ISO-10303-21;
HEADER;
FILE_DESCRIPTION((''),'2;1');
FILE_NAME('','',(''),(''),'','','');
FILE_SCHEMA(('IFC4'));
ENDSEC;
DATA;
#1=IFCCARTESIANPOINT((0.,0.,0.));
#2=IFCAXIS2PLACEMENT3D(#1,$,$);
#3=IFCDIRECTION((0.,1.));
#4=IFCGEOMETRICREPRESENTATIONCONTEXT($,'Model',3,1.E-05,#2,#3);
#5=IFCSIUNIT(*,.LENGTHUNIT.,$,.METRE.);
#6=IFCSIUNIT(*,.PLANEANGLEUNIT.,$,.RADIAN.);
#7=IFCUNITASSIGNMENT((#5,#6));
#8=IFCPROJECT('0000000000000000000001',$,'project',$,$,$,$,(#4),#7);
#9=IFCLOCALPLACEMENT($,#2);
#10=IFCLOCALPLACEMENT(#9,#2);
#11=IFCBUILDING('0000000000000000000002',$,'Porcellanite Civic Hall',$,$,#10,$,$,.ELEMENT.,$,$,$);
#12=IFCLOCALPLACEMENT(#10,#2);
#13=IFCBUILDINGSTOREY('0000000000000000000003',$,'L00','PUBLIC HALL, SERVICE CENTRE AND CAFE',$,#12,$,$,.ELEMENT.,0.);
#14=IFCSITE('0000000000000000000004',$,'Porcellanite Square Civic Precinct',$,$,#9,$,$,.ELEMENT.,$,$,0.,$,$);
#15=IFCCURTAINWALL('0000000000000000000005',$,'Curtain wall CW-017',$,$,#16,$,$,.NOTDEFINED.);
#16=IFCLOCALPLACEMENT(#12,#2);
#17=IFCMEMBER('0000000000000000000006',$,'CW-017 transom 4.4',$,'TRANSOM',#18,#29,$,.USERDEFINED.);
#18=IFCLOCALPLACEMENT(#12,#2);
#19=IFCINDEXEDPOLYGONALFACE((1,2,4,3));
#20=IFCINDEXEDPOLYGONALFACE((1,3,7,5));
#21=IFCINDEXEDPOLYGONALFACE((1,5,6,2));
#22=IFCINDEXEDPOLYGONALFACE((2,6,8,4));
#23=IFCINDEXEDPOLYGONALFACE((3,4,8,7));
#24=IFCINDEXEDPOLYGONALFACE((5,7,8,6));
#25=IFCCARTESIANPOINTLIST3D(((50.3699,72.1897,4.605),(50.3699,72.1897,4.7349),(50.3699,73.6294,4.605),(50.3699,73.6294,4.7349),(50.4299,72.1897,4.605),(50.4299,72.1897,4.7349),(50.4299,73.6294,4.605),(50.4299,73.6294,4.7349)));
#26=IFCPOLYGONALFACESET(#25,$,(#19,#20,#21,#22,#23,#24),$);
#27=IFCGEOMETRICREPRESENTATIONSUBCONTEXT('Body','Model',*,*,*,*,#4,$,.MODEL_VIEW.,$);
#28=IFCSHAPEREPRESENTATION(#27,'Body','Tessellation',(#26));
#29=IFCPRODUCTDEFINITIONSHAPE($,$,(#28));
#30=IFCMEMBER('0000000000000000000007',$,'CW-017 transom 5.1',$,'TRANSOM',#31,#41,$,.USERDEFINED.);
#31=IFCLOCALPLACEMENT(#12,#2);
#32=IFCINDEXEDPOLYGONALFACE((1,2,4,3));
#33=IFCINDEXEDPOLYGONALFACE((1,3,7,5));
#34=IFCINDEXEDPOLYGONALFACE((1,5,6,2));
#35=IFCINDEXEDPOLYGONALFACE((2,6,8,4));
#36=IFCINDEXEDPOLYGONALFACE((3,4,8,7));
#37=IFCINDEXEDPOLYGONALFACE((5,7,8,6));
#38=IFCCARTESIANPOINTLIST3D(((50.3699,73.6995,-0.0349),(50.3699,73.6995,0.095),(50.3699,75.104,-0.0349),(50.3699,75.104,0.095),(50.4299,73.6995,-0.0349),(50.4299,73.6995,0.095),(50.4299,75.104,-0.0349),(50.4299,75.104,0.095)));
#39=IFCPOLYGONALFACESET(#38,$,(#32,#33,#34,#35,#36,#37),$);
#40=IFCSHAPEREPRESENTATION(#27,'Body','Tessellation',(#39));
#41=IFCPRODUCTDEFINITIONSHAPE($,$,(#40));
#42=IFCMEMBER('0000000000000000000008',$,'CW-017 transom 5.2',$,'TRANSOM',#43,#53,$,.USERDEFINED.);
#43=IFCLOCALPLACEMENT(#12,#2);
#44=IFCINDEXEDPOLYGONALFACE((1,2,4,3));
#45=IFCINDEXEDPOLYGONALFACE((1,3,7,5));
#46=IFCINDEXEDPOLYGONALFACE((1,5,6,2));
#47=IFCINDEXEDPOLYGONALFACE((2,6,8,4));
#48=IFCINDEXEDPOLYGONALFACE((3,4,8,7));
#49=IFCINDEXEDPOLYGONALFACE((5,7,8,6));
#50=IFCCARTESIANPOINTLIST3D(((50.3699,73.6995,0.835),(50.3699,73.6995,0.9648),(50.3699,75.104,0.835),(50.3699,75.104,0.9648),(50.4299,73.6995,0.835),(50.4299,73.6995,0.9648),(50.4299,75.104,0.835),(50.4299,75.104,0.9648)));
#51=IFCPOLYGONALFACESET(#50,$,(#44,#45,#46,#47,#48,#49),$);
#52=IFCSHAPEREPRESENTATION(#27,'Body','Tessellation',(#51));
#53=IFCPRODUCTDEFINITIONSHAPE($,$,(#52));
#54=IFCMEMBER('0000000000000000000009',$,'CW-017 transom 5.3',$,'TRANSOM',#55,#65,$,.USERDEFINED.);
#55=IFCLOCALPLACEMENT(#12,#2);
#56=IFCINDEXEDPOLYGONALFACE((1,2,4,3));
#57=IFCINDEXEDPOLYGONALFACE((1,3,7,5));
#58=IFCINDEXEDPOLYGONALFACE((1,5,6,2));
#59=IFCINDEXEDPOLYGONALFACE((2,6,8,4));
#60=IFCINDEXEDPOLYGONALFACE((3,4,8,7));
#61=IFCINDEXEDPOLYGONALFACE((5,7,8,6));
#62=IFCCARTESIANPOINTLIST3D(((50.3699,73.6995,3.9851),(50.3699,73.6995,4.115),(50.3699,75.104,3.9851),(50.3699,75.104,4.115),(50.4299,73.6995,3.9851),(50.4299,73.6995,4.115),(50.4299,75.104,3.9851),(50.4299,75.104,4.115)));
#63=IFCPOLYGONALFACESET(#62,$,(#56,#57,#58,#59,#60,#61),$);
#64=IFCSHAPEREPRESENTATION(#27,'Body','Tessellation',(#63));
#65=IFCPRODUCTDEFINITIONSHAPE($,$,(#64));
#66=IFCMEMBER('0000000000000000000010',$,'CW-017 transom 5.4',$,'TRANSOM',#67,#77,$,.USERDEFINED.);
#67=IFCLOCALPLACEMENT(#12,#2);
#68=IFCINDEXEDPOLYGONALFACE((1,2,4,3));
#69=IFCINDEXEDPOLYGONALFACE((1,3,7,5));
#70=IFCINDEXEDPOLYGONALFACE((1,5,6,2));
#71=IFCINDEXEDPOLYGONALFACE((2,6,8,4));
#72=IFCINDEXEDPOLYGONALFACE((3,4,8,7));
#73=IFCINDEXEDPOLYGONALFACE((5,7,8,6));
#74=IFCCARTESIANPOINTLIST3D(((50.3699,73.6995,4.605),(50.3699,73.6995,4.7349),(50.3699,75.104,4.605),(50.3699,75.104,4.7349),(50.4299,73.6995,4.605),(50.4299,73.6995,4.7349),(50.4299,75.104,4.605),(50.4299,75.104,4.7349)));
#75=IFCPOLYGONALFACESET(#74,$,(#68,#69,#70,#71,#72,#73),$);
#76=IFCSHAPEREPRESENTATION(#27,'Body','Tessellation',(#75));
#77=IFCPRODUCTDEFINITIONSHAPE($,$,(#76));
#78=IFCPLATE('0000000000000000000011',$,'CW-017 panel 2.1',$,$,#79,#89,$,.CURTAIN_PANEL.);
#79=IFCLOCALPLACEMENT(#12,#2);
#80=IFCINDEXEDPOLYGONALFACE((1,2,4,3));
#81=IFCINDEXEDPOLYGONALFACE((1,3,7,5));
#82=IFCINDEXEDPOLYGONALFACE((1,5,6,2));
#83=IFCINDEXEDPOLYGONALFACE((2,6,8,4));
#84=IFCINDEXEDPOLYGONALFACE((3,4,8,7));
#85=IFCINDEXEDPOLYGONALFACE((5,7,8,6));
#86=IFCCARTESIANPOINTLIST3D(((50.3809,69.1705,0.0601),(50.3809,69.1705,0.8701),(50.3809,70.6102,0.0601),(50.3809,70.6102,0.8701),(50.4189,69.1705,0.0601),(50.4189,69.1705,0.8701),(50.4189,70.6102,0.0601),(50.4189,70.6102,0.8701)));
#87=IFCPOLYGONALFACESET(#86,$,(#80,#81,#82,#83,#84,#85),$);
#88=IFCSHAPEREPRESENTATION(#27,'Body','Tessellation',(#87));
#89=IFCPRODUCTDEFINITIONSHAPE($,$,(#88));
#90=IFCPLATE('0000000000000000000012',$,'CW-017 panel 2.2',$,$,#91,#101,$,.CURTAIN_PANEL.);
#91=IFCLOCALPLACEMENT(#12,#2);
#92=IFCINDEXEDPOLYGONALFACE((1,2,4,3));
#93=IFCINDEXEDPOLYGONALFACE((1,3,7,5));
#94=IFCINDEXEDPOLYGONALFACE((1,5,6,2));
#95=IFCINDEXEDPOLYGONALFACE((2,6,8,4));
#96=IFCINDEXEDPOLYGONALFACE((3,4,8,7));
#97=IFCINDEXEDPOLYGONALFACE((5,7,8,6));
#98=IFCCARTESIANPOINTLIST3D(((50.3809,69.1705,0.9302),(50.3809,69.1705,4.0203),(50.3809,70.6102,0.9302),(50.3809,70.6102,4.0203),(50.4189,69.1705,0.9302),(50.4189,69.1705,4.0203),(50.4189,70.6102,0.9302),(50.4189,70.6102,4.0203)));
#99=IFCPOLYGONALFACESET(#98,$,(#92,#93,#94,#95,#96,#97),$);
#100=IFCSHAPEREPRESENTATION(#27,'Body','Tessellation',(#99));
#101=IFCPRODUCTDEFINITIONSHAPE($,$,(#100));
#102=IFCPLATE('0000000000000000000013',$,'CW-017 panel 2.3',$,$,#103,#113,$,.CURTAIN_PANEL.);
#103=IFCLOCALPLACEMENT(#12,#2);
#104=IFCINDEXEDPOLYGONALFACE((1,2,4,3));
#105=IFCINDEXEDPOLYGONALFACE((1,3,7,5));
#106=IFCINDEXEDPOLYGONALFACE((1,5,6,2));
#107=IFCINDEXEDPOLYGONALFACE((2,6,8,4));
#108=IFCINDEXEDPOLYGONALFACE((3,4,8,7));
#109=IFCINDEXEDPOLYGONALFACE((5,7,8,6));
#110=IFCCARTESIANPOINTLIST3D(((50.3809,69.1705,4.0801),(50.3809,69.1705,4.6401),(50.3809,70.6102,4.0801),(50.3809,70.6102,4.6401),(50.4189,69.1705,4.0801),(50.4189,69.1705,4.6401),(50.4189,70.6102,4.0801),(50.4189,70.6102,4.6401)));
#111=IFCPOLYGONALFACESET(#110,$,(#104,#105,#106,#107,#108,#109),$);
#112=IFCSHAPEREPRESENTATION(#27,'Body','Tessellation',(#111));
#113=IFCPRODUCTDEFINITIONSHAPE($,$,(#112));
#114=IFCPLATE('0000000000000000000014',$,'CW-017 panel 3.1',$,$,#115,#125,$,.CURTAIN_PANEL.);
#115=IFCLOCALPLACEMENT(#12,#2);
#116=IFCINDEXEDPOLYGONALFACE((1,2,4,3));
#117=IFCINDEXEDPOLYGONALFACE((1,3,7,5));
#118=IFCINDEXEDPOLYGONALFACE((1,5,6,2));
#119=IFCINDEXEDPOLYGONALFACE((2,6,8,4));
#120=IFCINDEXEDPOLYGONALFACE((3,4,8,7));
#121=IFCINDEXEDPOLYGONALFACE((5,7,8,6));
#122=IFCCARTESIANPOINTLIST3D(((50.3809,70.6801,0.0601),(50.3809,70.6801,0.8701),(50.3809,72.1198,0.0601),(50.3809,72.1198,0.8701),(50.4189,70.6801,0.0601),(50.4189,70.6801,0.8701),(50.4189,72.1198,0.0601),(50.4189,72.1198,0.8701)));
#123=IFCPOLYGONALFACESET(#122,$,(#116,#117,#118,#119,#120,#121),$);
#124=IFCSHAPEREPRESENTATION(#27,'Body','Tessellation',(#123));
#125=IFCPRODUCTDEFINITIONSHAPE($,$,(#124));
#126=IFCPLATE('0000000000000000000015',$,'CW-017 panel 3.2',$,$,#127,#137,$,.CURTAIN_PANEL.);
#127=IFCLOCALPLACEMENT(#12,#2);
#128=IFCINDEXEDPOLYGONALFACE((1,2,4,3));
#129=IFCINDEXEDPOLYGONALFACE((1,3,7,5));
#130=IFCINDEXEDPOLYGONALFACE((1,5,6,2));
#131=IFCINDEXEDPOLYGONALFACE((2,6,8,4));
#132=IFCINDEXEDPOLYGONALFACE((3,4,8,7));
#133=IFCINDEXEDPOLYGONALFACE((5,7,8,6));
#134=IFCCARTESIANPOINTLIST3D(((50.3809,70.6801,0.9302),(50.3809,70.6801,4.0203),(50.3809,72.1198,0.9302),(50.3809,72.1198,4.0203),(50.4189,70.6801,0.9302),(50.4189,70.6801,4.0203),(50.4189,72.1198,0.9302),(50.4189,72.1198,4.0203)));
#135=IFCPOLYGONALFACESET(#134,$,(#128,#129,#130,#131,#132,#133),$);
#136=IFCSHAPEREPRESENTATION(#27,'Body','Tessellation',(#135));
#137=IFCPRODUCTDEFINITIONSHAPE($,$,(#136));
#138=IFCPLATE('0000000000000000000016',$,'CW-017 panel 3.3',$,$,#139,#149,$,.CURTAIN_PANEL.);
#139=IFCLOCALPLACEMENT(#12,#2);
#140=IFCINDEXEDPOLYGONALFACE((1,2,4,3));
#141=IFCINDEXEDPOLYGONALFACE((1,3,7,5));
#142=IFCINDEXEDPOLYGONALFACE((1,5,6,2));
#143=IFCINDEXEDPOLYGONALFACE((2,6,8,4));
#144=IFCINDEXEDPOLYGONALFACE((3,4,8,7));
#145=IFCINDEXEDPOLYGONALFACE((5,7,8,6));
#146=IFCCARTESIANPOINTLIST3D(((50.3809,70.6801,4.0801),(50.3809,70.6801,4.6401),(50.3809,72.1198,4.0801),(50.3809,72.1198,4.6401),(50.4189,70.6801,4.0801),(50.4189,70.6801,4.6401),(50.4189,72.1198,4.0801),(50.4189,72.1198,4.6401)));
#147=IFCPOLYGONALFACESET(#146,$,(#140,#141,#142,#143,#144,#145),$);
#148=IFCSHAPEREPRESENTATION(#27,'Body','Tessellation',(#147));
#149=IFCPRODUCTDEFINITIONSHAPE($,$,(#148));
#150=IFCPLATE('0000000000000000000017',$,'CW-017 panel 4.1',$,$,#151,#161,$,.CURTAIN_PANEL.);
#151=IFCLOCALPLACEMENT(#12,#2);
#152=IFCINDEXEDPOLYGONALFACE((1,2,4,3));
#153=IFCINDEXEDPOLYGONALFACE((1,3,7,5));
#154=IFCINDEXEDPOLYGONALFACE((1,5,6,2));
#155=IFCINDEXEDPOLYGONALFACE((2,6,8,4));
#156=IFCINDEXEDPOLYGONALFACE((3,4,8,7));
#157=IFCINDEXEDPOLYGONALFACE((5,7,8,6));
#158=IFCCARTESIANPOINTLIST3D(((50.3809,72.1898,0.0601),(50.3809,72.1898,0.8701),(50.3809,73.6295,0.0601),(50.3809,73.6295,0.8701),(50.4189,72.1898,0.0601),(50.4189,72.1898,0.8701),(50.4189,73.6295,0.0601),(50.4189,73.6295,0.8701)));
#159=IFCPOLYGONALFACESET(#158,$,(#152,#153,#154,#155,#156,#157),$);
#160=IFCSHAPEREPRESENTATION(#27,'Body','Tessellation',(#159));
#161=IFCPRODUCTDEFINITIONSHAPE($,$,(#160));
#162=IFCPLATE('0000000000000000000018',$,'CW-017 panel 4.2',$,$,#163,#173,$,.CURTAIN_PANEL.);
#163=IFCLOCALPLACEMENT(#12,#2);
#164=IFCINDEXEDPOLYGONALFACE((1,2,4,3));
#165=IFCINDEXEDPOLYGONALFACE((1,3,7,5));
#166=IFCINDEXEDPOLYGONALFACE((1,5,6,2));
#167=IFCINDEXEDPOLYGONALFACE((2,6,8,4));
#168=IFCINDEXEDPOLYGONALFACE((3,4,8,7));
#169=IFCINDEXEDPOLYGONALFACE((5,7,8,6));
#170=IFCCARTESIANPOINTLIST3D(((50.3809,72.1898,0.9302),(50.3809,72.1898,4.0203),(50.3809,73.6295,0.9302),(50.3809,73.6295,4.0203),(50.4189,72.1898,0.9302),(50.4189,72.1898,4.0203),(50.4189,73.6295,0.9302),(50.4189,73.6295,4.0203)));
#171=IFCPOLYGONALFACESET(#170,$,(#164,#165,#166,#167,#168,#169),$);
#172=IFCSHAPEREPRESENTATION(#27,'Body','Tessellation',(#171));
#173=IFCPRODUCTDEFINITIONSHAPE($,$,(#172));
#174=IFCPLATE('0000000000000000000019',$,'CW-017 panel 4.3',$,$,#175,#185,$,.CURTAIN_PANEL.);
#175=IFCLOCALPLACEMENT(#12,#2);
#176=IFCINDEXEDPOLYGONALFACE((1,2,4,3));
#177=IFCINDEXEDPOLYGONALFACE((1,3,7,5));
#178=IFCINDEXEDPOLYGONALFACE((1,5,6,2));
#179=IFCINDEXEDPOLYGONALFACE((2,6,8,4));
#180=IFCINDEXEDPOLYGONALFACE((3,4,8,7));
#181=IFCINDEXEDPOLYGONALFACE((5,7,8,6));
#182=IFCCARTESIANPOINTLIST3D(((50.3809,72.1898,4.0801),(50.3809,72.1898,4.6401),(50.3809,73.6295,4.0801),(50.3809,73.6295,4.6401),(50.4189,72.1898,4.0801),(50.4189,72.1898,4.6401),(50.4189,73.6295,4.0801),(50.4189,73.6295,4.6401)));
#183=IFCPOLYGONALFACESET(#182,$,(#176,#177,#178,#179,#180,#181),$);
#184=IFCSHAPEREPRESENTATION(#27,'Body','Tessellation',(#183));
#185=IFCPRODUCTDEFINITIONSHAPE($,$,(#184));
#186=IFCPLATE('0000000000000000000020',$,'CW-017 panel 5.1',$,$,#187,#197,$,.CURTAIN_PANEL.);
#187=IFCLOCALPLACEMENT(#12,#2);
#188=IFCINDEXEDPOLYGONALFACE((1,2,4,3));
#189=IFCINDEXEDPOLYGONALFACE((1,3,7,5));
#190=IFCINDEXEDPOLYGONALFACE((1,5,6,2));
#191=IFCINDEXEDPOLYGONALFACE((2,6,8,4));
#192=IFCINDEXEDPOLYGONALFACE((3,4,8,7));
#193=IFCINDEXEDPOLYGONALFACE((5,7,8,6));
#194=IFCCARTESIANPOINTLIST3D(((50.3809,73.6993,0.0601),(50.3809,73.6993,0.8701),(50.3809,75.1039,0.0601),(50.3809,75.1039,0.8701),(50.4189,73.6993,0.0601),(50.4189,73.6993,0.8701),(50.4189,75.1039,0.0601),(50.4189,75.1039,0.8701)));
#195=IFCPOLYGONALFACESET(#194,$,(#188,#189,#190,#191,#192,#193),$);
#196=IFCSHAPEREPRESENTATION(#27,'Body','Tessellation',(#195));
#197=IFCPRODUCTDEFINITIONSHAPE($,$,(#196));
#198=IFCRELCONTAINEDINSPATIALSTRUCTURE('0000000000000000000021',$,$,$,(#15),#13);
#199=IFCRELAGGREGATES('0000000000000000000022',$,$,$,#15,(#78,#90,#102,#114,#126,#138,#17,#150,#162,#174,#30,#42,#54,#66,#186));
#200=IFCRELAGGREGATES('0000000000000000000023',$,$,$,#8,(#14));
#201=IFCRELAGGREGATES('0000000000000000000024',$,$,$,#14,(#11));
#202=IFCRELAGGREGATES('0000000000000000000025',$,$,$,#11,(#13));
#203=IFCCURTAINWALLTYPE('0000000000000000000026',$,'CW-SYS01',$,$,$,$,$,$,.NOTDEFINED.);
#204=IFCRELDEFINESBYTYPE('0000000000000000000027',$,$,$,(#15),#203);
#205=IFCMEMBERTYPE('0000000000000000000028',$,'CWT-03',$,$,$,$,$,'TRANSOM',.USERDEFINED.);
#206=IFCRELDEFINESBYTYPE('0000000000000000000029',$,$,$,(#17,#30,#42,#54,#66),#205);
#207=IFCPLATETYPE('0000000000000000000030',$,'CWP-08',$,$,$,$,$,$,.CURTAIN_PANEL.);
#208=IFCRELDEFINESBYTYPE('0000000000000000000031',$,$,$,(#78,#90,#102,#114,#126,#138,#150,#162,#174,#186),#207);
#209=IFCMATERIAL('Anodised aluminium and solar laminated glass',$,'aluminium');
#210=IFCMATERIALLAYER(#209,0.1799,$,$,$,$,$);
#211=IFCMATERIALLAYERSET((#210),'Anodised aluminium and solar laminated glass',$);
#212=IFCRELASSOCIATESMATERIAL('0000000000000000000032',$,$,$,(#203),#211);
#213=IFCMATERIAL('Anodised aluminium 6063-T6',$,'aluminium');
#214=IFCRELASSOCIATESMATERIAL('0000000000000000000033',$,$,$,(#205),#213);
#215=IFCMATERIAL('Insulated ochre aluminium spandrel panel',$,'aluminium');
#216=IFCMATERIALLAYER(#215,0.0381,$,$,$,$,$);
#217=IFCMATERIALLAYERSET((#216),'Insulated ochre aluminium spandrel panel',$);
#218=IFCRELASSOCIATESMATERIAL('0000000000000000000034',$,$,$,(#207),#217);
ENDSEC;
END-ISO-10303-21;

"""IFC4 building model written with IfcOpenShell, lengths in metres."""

from ifc_helpers import new_model, si_unit, direction, frame, origin, origin_2d, place, context, subcontext, project, spatial, rectangle, extrude, material, layer, layer_set, material_profile, profile_set, type_object, element, aggregate, save


model = new_model("IFC4")

# Units and contexts
model_context = context("Model", 3, precision=1e-05, world=origin(), true_north=direction((0.0, 1.0)))
body_context = subcontext(model_context, "Body", "Model", "MODEL_VIEW")
ifc_project = project(units=[si_unit("LENGTHUNIT", "METRE"), si_unit("PLANEANGLEUNIT", "RADIAN")], contexts=[model_context])

# Site, building, storey
site_placement = place(None, origin())
site = spatial("IfcSite", under=ifc_project, at=site_placement, Name="Porcellanite Square Civic Precinct", CompositionType="ELEMENT", RefElevation=0.0)
building_placement = place(site_placement, origin())
building = spatial("IfcBuilding", under=site, at=building_placement, Name="Porcellanite Civic Hall", CompositionType="ELEMENT")
storey_placement = place(building_placement, origin())
storey = spatial("IfcBuildingStorey", under=building, at=storey_placement, Name="L00", Description="PUBLIC HALL, SERVICE CENTRE AND CAFE", CompositionType="ELEMENT", Elevation=0.0)

# Curtain wall, members, plates
ifc_material_1 = material(Name="Anodised aluminium and solar laminated glass", Category="aluminium")
ifc_layer_1 = layer(ifc_material_1, 0.1799)
ifc_layer_set_1 = layer_set([ifc_layer_1], Name="Anodised aluminium and solar laminated glass")
curtain_wall_type = type_object("IfcCurtainWallType", Name="CW-SYS01", PredefinedType="NOTDEFINED", material=ifc_layer_set_1)
curtain_wall_placement = place(storey_placement, origin())
curtain_wall = element("IfcCurtainWall", 1, at=curtain_wall_placement, inside=storey, type_object=curtain_wall_type, Name="Curtain wall CW-017", PredefinedType="NOTDEFINED")
ifc_material_2 = material(Name="Anodised aluminium 6063-T6", Category="aluminium")
ifc_material_profile_1 = material_profile(ifc_material_2, rectangle(XDim=0.0601, YDim=0.1299, at=origin_2d()), Name="AL-60x130")
ifc_profile_set_1 = profile_set([ifc_material_profile_1], Name="Anodised aluminium 6063-T6")
member_type_1 = type_object("IfcMemberType", Name="CWT-03", ElementType="TRANSOM", PredefinedType="USERDEFINED", material=ifc_profile_set_1)
member_1_placement = place(storey_placement, frame((50.3999, 72.1897, 4.6699), z_axis=(0.0, 1.0, 0.0), x_axis=(-1.0, 0.0, 0.0)))
member_1 = element("IfcMember", 2, at=member_1_placement, type_object=member_type_1, Name="CW-017 transom 4.4", ObjectType="TRANSOM", PredefinedType="USERDEFINED", context=body_context, shape_type="SweptSolid", body=[
    extrude(rectangle(XDim=0.0601, YDim=0.1299, at=origin_2d()), origin(), (0.0, 0.0, 1.0), 1.4397),
])
member_2_placement = place(storey_placement, frame((50.3999, 73.6995, 0.03), z_axis=(0.0, 1.0, 0.0), x_axis=(-1.0, 0.0, 0.0)))
member_2 = element("IfcMember", 3, at=member_2_placement, type_object=member_type_1, Name="CW-017 transom 5.1", ObjectType="TRANSOM", PredefinedType="USERDEFINED", context=body_context, shape_type="SweptSolid", body=[
    extrude(rectangle(XDim=0.0601, YDim=0.1299, at=origin_2d()), origin(), (0.0, 0.0, 1.0), 1.4045),
])
member_3_placement = place(storey_placement, frame((50.3999, 73.6995, 0.8999), z_axis=(0.0, 1.0, 0.0), x_axis=(-1.0, 0.0, 0.0)))
member_3 = element("IfcMember", 4, at=member_3_placement, type_object=member_type_1, Name="CW-017 transom 5.2", ObjectType="TRANSOM", PredefinedType="USERDEFINED", context=body_context, shape_type="SweptSolid", body=[
    extrude(rectangle(XDim=0.0601, YDim=0.1299, at=origin_2d()), origin(), (0.0, 0.0, 1.0), 1.4045),
])
member_4_placement = place(storey_placement, frame((50.3999, 73.6995, 4.05), z_axis=(0.0, 1.0, 0.0), x_axis=(-1.0, 0.0, 0.0)))
member_4 = element("IfcMember", 5, at=member_4_placement, type_object=member_type_1, Name="CW-017 transom 5.3", ObjectType="TRANSOM", PredefinedType="USERDEFINED", context=body_context, shape_type="SweptSolid", body=[
    extrude(rectangle(XDim=0.0601, YDim=0.1299, at=origin_2d()), origin(), (0.0, 0.0, 1.0), 1.4045),
])
member_5_placement = place(storey_placement, frame((50.3999, 73.6995, 4.6699), z_axis=(0.0, 1.0, 0.0), x_axis=(-1.0, 0.0, 0.0)))
member_5 = element("IfcMember", 6, at=member_5_placement, type_object=member_type_1, Name="CW-017 transom 5.4", ObjectType="TRANSOM", PredefinedType="USERDEFINED", context=body_context, shape_type="SweptSolid", body=[
    extrude(rectangle(XDim=0.0601, YDim=0.1299, at=origin_2d()), origin(), (0.0, 0.0, 1.0), 1.4045),
])
ifc_material_3 = material(Name="Insulated ochre aluminium spandrel panel", Category="aluminium")
ifc_layer_2 = layer(ifc_material_3, 0.0381)
ifc_layer_set_2 = layer_set([ifc_layer_2], Name="Insulated ochre aluminium spandrel panel")
plate_type = type_object("IfcPlateType", Name="CWP-08", PredefinedType="CURTAIN_PANEL", material=ifc_layer_set_2)
plate_1_placement = place(storey_placement, frame((50.3999, 69.8904, 0.0601), z_axis=(0.0, 0.0, 1.0), x_axis=(0.0, 1.0, 0.0)))
plate_1 = element("IfcPlate", 7, at=plate_1_placement, type_object=plate_type, Name="CW-017 panel 2.1", PredefinedType="CURTAIN_PANEL", context=body_context, shape_type="SweptSolid", body=[
    extrude(rectangle(XDim=1.4397, YDim=0.0381, at=origin_2d()), origin(), (0.0, 0.0, 1.0), 0.8101),
])
plate_2_placement = place(storey_placement, frame((50.3999, 69.8904, 0.9302), z_axis=(0.0, 0.0, 1.0), x_axis=(0.0, 1.0, 0.0)))
plate_2 = element("IfcPlate", 8, at=plate_2_placement, type_object=plate_type, Name="CW-017 panel 2.2", PredefinedType="CURTAIN_PANEL", context=body_context, shape_type="SweptSolid", body=[
    extrude(rectangle(XDim=1.4397, YDim=0.0381, at=origin_2d()), origin(), (0.0, 0.0, 1.0), 3.0901),
])
plate_3_placement = place(storey_placement, frame((50.3999, 69.8904, 4.0801), z_axis=(0.0, 0.0, 1.0), x_axis=(0.0, 1.0, 0.0)))
plate_3 = element("IfcPlate", 9, at=plate_3_placement, type_object=plate_type, Name="CW-017 panel 2.3", PredefinedType="CURTAIN_PANEL", context=body_context, shape_type="SweptSolid", body=[
    extrude(rectangle(XDim=1.4397, YDim=0.0381, at=origin_2d()), origin(), (0.0, 0.0, 1.0), 0.5601),
])
plate_4_placement = place(storey_placement, frame((50.3999, 71.3999, 0.0601), z_axis=(0.0, 0.0, 1.0), x_axis=(0.0, 1.0, 0.0)))
plate_4 = element("IfcPlate", 10, at=plate_4_placement, type_object=plate_type, Name="CW-017 panel 3.1", PredefinedType="CURTAIN_PANEL", context=body_context, shape_type="SweptSolid", body=[
    extrude(rectangle(XDim=1.4397, YDim=0.0381, at=origin_2d()), origin(), (0.0, 0.0, 1.0), 0.8101),
])
plate_5_placement = place(storey_placement, frame((50.3999, 71.3999, 0.9302), z_axis=(0.0, 0.0, 1.0), x_axis=(0.0, 1.0, 0.0)))
plate_5 = element("IfcPlate", 11, at=plate_5_placement, type_object=plate_type, Name="CW-017 panel 3.2", PredefinedType="CURTAIN_PANEL", context=body_context, shape_type="SweptSolid", body=[
    extrude(rectangle(XDim=1.4397, YDim=0.0381, at=origin_2d()), origin(), (0.0, 0.0, 1.0), 3.0901),
])
plate_6_placement = place(storey_placement, frame((50.3999, 71.3999, 4.0801), z_axis=(0.0, 0.0, 1.0), x_axis=(0.0, 1.0, 0.0)))
plate_6 = element("IfcPlate", 12, at=plate_6_placement, type_object=plate_type, Name="CW-017 panel 3.3", PredefinedType="CURTAIN_PANEL", context=body_context, shape_type="SweptSolid", body=[
    extrude(rectangle(XDim=1.4397, YDim=0.0381, at=origin_2d()), origin(), (0.0, 0.0, 1.0), 0.5601),
])
plate_7_placement = place(storey_placement, frame((50.3999, 72.9097, 0.0601), z_axis=(0.0, 0.0, 1.0), x_axis=(0.0, 1.0, 0.0)))
plate_7 = element("IfcPlate", 13, at=plate_7_placement, type_object=plate_type, Name="CW-017 panel 4.1", PredefinedType="CURTAIN_PANEL", context=body_context, shape_type="SweptSolid", body=[
    extrude(rectangle(XDim=1.4397, YDim=0.0381, at=origin_2d()), origin(), (0.0, 0.0, 1.0), 0.8101),
])
plate_8_placement = place(storey_placement, frame((50.3999, 72.9097, 0.9302), z_axis=(0.0, 0.0, 1.0), x_axis=(0.0, 1.0, 0.0)))
plate_8 = element("IfcPlate", 14, at=plate_8_placement, type_object=plate_type, Name="CW-017 panel 4.2", PredefinedType="CURTAIN_PANEL", context=body_context, shape_type="SweptSolid", body=[
    extrude(rectangle(XDim=1.4397, YDim=0.0381, at=origin_2d()), origin(), (0.0, 0.0, 1.0), 3.0901),
])
plate_9_placement = place(storey_placement, frame((50.3999, 72.9097, 4.0801), z_axis=(0.0, 0.0, 1.0), x_axis=(0.0, 1.0, 0.0)))
plate_9 = element("IfcPlate", 15, at=plate_9_placement, type_object=plate_type, Name="CW-017 panel 4.3", PredefinedType="CURTAIN_PANEL", context=body_context, shape_type="SweptSolid", body=[
    extrude(rectangle(XDim=1.4397, YDim=0.0381, at=origin_2d()), origin(), (0.0, 0.0, 1.0), 0.5601),
])
plate_10_placement = place(storey_placement, frame((50.3999, 74.4016, 0.0601), z_axis=(0.0, 0.0, 1.0), x_axis=(0.0, 1.0, 0.0)))
plate_10 = element("IfcPlate", 16, at=plate_10_placement, type_object=plate_type, Name="CW-017 panel 5.1", PredefinedType="CURTAIN_PANEL", context=body_context, shape_type="SweptSolid", body=[
    extrude(rectangle(XDim=1.4045, YDim=0.0381, at=origin_2d()), origin(), (0.0, 0.0, 1.0), 0.8101),
])
aggregate(curtain_wall, [plate_1, plate_2, plate_3, plate_4, plate_5, plate_6, member_1, plate_7, plate_8, plate_9, member_2, member_3, member_4, member_5, plate_10])

save(model, "model.ifc")
